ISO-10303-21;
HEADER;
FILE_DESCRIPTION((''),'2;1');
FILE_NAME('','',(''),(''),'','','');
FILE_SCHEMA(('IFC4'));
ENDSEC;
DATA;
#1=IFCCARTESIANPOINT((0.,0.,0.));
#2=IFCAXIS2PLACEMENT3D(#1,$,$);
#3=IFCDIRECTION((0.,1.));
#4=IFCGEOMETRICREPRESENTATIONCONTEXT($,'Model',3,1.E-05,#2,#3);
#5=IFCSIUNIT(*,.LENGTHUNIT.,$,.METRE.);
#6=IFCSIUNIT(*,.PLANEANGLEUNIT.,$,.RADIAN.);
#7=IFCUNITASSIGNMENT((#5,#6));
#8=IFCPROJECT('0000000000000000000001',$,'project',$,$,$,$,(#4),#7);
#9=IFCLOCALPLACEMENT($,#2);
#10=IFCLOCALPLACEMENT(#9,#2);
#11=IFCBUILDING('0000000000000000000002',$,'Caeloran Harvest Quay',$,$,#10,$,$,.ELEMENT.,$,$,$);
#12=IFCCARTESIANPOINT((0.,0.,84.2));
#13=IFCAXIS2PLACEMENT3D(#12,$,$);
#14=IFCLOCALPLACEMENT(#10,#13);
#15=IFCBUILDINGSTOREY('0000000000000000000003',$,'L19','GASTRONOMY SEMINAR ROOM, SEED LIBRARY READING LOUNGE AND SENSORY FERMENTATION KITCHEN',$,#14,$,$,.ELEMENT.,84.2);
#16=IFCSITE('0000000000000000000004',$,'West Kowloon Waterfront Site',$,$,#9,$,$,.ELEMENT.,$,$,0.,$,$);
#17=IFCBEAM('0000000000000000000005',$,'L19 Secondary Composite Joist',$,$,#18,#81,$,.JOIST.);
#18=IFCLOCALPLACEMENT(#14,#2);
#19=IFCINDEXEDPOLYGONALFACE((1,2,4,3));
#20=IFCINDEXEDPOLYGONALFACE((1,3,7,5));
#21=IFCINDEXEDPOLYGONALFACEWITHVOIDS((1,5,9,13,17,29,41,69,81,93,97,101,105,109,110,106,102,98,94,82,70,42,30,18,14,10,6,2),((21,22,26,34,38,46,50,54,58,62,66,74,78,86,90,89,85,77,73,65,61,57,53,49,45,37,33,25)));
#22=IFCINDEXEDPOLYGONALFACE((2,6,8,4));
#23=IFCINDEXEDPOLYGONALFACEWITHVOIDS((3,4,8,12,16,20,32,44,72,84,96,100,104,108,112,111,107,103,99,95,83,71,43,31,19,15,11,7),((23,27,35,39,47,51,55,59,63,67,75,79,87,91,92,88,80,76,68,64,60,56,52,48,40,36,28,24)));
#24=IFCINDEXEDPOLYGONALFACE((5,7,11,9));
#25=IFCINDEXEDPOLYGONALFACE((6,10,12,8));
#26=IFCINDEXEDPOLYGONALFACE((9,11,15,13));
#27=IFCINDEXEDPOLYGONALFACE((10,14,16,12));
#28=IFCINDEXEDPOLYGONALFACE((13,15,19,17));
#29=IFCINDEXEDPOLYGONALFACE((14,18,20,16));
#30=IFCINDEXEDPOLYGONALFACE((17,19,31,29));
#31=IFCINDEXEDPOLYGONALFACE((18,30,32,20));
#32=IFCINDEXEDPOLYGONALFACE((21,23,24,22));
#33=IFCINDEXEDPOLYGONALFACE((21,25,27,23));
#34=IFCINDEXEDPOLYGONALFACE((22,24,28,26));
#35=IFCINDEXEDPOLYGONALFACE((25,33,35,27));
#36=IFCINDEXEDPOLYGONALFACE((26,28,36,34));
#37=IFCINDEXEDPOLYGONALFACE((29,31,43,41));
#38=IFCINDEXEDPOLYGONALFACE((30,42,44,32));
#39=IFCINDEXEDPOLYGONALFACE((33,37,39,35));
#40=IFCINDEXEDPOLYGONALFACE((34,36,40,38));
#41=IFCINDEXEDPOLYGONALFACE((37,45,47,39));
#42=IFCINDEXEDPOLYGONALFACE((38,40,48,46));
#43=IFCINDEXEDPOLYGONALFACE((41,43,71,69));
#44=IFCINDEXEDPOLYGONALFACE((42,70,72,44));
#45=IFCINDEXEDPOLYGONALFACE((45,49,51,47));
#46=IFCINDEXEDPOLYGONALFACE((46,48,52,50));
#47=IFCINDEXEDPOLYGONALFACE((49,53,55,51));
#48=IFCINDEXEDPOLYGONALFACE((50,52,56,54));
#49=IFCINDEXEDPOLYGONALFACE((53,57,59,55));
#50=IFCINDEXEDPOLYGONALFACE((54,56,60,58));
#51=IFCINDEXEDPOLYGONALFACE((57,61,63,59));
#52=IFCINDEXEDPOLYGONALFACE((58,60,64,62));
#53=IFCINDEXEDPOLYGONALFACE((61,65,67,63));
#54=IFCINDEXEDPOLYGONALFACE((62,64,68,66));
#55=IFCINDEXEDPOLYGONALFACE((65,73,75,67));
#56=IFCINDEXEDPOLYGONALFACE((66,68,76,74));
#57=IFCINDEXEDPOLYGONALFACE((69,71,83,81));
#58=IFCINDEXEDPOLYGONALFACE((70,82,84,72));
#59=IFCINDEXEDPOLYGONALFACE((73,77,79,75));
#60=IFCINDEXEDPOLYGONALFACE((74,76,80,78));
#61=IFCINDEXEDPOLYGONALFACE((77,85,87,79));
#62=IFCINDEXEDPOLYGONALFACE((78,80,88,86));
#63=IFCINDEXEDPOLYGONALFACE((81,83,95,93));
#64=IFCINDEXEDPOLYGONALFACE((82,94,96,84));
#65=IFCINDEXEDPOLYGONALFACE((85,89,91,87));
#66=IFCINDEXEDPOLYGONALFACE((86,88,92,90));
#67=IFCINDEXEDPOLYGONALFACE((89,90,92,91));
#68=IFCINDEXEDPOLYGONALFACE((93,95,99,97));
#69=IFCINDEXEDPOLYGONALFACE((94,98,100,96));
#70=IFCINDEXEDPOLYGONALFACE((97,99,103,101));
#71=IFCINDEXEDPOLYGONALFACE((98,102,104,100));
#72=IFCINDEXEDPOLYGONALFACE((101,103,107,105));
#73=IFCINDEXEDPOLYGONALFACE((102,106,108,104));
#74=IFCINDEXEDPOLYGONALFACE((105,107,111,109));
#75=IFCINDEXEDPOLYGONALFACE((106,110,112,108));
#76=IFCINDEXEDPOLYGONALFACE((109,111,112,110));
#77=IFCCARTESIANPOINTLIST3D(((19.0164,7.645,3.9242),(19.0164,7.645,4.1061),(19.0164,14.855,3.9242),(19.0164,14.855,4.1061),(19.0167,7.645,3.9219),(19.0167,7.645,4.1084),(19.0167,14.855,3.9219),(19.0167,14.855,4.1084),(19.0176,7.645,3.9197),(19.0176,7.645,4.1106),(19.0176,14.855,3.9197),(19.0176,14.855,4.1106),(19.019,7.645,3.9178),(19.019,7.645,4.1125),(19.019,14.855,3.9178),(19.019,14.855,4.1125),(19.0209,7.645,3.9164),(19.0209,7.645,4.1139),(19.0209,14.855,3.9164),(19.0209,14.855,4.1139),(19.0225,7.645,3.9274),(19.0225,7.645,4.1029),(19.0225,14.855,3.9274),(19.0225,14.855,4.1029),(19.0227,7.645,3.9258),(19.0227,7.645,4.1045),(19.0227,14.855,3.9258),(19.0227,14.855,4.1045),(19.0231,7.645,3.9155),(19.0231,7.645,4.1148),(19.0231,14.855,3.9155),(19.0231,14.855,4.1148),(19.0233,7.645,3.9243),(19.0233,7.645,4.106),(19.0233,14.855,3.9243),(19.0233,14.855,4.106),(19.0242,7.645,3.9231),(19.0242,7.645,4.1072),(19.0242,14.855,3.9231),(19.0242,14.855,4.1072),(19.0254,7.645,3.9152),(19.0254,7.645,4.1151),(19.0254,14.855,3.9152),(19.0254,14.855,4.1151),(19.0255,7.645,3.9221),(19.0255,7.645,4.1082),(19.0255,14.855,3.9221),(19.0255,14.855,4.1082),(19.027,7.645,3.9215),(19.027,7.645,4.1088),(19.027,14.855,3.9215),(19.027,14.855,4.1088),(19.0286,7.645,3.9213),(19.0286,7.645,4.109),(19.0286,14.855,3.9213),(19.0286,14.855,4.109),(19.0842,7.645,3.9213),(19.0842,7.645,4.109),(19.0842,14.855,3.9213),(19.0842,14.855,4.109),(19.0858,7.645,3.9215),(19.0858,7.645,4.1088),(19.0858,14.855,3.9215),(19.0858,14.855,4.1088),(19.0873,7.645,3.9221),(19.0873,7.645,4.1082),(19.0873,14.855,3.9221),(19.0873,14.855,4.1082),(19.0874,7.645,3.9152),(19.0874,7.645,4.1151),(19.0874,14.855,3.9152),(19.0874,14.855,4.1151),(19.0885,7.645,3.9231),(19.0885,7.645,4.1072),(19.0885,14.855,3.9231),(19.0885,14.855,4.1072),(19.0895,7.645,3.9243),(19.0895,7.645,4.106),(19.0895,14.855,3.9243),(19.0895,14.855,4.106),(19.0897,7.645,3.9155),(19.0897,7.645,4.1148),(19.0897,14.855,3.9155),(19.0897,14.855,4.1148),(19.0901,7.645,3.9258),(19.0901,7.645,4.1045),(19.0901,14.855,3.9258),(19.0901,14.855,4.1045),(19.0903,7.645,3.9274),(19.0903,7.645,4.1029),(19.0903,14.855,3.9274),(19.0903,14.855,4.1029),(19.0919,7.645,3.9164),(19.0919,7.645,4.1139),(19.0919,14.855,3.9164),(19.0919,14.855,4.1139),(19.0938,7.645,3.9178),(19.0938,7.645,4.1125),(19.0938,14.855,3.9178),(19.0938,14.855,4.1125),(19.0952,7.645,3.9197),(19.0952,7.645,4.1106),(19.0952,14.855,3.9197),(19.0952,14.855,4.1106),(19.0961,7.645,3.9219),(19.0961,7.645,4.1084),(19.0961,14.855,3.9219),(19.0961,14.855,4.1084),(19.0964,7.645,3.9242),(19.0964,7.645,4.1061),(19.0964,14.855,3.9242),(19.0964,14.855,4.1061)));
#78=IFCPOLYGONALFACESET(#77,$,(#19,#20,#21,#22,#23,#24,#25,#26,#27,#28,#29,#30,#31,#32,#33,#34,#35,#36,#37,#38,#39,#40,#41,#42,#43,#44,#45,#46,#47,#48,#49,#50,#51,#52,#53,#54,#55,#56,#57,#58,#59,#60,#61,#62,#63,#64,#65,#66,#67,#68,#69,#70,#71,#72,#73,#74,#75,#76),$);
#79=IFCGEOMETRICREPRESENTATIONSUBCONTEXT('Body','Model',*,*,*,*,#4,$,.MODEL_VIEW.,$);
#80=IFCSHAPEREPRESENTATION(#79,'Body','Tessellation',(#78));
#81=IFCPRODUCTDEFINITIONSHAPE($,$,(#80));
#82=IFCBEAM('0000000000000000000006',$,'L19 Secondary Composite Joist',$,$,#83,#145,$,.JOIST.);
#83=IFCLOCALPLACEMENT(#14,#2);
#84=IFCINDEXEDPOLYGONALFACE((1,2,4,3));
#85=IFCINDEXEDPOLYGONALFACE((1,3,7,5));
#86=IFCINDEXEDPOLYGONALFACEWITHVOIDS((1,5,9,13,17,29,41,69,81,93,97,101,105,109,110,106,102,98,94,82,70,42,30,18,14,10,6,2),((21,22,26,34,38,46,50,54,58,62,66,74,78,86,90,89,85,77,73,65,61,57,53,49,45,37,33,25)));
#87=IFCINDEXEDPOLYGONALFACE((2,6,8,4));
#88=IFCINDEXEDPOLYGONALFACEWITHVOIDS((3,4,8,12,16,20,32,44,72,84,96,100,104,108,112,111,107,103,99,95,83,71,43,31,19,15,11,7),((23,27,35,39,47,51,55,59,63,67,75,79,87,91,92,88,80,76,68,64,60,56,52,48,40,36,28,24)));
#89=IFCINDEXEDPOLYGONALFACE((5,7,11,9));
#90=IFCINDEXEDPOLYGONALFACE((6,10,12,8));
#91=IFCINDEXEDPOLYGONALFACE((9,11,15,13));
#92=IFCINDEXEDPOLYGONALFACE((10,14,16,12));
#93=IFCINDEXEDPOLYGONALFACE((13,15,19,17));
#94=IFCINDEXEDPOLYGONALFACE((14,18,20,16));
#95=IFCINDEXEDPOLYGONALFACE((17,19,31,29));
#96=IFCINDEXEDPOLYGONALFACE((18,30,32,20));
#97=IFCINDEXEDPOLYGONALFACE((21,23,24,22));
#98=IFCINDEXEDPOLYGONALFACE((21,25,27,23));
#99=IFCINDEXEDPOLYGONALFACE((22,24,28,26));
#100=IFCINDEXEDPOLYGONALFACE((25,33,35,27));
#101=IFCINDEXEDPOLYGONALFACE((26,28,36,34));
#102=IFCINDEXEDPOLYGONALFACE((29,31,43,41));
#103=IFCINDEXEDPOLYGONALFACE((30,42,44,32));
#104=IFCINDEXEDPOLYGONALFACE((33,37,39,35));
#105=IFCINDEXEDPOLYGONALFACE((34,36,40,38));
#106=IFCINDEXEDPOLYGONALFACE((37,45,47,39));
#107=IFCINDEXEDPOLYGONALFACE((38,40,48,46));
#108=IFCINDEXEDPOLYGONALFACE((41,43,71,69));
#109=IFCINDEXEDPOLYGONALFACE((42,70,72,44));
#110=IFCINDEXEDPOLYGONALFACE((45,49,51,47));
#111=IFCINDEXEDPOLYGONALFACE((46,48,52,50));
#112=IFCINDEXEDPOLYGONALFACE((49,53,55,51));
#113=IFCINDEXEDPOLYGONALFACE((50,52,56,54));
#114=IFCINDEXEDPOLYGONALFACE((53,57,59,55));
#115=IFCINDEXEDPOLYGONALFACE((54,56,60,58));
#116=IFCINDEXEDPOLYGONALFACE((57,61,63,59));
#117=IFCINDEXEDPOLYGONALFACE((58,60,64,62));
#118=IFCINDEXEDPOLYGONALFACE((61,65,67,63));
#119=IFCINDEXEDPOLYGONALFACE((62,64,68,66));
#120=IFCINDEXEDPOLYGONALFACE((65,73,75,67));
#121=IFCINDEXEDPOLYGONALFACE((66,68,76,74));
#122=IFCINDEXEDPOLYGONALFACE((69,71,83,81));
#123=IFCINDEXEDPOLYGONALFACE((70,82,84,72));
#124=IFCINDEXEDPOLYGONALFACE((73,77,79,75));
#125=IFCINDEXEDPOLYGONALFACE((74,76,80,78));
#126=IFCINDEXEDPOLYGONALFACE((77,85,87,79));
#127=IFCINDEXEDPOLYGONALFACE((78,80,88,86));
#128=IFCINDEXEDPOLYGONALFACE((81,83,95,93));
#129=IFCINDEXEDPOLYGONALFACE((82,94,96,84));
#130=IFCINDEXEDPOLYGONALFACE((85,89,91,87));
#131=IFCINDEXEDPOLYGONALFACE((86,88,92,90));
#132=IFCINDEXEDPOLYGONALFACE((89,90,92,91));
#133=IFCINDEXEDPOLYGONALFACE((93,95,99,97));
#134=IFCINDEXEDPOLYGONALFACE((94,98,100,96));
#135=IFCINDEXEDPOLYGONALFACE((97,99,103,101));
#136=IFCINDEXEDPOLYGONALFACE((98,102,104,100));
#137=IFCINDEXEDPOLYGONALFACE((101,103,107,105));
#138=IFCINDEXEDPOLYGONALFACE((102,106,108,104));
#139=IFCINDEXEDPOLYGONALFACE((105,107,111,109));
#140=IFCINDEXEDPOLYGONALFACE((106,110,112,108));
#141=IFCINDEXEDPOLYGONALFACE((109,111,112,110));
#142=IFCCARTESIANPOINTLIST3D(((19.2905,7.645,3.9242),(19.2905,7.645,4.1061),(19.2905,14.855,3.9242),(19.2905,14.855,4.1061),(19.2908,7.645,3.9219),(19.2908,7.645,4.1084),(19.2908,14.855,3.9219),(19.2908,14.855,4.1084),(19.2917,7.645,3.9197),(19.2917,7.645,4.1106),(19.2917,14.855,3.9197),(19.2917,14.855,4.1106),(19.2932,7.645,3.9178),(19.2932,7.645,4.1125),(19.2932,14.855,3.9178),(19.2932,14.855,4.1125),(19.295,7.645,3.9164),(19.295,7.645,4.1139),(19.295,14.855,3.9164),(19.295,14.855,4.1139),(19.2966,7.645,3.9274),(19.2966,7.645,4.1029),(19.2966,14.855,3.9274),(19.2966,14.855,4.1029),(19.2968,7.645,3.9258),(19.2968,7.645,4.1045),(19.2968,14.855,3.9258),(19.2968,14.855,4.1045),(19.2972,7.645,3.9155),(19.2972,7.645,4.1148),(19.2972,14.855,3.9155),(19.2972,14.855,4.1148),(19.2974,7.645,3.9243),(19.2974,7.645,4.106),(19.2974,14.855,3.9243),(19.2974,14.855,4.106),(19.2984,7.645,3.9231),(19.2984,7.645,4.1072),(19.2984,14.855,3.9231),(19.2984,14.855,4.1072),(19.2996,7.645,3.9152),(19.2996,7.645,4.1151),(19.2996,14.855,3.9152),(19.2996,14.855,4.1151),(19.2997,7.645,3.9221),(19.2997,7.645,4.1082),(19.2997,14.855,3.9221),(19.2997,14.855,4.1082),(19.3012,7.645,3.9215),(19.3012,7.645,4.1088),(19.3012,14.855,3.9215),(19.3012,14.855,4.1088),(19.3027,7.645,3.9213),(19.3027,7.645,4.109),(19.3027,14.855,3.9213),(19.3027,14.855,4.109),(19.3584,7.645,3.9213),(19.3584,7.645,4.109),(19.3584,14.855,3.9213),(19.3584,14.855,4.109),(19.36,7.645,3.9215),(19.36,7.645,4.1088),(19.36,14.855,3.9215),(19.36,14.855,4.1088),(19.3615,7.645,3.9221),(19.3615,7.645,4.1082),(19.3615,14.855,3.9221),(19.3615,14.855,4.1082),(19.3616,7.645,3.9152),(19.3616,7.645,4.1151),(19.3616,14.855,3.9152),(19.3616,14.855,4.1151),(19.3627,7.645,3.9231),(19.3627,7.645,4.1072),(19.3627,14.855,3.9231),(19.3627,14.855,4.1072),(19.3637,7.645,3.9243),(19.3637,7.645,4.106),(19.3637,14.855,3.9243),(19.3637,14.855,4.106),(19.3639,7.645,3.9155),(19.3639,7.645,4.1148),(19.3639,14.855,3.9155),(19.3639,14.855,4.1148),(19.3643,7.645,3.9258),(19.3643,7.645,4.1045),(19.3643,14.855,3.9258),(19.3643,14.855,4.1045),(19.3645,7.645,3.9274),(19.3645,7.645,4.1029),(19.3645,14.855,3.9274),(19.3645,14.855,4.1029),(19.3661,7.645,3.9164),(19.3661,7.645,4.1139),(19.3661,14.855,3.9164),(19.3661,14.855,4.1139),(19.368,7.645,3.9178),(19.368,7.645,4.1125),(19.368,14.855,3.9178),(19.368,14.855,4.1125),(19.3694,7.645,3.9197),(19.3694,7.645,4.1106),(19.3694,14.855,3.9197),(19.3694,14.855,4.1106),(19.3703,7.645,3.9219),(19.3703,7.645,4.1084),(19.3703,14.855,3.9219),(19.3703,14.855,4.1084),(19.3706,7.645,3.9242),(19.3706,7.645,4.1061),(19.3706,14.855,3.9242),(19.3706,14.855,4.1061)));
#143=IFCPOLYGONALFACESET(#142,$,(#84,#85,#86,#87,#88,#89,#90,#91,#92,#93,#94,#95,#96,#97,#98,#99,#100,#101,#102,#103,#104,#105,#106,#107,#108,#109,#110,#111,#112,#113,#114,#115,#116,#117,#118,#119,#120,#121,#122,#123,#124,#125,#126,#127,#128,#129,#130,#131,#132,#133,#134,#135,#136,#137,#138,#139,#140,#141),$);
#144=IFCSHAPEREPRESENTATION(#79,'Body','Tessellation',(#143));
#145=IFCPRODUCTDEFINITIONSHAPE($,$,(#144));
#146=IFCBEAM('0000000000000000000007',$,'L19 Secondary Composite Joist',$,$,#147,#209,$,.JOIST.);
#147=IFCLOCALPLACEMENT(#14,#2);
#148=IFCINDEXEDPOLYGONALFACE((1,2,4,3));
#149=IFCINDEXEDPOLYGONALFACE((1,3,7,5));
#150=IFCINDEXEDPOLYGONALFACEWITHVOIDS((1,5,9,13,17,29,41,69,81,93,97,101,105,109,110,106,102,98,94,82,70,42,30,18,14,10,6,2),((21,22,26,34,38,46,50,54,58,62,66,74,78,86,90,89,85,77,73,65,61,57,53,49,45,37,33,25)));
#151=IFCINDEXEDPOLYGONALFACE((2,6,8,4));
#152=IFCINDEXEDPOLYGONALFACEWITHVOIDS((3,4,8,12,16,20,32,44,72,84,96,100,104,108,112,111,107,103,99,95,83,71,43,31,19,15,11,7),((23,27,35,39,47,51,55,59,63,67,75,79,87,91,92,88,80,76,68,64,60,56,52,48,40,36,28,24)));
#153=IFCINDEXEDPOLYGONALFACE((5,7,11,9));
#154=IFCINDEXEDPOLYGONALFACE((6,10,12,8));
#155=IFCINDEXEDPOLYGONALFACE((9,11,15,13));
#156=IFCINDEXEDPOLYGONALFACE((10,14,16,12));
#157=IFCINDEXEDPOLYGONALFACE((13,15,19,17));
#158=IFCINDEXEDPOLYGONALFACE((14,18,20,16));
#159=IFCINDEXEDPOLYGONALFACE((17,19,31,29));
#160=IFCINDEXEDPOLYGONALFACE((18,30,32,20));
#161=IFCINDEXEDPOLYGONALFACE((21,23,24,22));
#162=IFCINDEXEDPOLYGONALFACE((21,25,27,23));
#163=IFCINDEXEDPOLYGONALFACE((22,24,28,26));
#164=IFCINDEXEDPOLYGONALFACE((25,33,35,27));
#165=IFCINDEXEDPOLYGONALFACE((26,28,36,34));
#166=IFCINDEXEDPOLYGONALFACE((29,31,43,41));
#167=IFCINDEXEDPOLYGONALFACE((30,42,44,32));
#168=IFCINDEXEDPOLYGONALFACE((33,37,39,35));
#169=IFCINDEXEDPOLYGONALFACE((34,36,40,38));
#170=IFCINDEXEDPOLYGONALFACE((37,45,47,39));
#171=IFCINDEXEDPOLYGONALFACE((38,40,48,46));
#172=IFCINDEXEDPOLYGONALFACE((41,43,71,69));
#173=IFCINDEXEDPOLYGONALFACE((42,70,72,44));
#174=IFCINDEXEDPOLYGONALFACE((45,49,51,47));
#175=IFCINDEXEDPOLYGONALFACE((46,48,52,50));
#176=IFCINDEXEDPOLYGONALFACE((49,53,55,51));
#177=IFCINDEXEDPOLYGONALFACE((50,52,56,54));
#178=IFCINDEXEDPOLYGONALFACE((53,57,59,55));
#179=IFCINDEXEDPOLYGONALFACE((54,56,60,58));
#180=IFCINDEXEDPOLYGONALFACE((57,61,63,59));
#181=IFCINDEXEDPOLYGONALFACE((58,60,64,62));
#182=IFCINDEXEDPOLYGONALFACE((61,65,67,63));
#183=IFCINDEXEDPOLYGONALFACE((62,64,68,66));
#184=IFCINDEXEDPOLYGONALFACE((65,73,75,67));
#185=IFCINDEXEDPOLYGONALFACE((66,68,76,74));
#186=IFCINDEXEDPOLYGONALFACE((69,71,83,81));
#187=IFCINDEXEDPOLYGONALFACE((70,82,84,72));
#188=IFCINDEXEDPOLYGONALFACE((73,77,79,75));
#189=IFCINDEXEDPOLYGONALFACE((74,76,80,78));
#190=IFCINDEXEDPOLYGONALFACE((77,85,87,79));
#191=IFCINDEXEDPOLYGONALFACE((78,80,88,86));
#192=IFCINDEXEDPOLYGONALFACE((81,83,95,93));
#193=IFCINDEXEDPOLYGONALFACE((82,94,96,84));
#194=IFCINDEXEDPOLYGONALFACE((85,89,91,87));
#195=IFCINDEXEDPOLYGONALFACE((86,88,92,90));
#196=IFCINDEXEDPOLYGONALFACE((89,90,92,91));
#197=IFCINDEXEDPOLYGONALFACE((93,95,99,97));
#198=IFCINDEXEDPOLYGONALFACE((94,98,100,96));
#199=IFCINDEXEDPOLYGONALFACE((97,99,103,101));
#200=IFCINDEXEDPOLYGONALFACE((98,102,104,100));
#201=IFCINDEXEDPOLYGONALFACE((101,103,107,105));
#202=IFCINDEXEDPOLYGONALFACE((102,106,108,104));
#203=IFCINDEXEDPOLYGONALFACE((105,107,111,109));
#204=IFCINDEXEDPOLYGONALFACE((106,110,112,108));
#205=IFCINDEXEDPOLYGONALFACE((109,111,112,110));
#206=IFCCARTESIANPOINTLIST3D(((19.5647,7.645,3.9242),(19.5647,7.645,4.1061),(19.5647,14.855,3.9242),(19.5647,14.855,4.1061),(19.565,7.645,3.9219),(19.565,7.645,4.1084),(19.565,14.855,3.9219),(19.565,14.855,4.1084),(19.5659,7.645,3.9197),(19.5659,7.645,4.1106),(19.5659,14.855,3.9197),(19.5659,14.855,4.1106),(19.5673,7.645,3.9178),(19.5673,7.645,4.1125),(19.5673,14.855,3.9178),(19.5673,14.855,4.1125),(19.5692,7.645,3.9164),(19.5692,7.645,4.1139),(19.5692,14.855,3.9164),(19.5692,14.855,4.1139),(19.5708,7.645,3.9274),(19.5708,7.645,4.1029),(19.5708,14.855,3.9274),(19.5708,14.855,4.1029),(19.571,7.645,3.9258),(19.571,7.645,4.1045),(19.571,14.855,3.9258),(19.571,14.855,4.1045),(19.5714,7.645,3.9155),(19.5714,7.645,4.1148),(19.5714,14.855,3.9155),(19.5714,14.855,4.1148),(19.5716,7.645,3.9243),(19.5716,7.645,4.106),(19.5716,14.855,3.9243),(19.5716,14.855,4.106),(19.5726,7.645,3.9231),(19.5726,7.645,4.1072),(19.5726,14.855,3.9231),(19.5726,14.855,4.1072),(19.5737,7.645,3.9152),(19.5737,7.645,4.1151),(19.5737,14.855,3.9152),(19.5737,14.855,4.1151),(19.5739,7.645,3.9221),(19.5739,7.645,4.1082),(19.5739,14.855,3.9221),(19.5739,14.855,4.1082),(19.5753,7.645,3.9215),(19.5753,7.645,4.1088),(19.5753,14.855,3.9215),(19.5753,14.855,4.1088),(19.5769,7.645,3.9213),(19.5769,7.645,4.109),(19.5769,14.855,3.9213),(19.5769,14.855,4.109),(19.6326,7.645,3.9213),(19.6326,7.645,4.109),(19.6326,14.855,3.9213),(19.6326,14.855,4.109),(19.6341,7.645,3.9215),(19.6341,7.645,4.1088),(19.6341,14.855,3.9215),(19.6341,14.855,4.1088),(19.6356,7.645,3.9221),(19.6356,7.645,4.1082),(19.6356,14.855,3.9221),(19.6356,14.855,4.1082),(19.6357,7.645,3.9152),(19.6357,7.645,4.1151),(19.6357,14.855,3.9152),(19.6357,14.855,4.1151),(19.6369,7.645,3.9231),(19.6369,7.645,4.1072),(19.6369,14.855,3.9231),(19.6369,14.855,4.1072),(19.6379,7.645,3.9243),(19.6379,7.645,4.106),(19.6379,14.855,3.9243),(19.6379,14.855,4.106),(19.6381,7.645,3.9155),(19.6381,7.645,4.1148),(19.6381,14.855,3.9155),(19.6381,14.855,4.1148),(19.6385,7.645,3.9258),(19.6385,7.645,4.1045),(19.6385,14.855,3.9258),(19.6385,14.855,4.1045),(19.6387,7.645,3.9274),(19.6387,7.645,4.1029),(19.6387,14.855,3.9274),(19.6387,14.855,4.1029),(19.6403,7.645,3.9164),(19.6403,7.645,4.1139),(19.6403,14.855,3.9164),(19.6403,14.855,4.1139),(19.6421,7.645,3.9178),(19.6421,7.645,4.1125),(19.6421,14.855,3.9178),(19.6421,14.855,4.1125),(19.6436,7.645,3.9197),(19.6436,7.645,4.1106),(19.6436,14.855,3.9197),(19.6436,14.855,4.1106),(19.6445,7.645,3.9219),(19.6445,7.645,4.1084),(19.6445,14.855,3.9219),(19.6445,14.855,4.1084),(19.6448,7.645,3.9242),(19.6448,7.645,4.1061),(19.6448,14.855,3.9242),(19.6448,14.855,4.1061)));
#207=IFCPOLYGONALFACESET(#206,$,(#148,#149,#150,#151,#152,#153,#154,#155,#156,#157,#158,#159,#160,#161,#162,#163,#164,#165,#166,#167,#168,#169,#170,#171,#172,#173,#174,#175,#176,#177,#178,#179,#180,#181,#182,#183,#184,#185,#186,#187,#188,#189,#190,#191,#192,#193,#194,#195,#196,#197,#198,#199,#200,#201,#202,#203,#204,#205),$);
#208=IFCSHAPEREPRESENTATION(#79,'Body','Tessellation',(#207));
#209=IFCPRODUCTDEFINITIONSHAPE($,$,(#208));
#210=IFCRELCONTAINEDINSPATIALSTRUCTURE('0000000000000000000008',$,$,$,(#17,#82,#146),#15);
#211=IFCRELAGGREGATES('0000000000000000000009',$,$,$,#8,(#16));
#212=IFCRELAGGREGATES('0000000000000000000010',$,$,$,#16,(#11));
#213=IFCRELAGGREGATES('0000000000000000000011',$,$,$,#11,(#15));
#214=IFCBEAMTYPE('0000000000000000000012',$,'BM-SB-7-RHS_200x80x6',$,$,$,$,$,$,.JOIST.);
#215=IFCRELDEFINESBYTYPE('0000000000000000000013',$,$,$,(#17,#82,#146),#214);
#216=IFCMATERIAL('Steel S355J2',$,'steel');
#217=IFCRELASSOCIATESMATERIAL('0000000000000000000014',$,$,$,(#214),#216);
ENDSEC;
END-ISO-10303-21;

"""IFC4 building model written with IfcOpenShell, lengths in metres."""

from ifc_helpers import new_model, si_unit, direction, frame, origin, origin_2d, place, context, subcontext, project, spatial, hollow_rectangle, extrude, material, material_profile, profile_set, type_object, element, save


model = new_model("IFC4")

# Units and contexts
model_context = context("Model", 3, precision=1e-05, world=origin(), true_north=direction((0.0, 1.0)))
body_context = subcontext(model_context, "Body", "Model", "MODEL_VIEW")
ifc_project = project(units=[si_unit("LENGTHUNIT", "METRE"), si_unit("PLANEANGLEUNIT", "RADIAN")], contexts=[model_context])

# Site, building, storey
site_placement = place(None, origin())
site = spatial("IfcSite", under=ifc_project, at=site_placement, Name="West Kowloon Waterfront Site", CompositionType="ELEMENT", RefElevation=0.0)
building_placement = place(site_placement, origin())
building = spatial("IfcBuilding", under=site, at=building_placement, Name="Caeloran Harvest Quay", CompositionType="ELEMENT")
storey_placement = place(building_placement, frame((0.0, 0.0, 84.2)))
storey = spatial("IfcBuildingStorey", under=building, at=storey_placement, Name="L19", Description="GASTRONOMY SEMINAR ROOM, SEED LIBRARY READING LOUNGE AND SENSORY FERMENTATION KITCHEN", CompositionType="ELEMENT", Elevation=84.2)

# Beams
ifc_material_1 = material(Name="Steel S355J2", Category="steel")
ifc_material_profile_1 = material_profile(ifc_material_1, hollow_rectangle(XDim=0.0801, YDim=0.2, WallThickness=0.0061, InnerFilletRadius=0.0061, OuterFilletRadius=0.009, at=origin_2d()), Name="RHS 200x80x6")
ifc_profile_set_1 = profile_set([ifc_material_profile_1], Name="Steel S355J2")
beam_type_1 = type_object("IfcBeamType", Name="BM-SB-7-RHS_200x80x6", PredefinedType="JOIST", material=ifc_profile_set_1)
for number, where, z_axis, x_axis, name in (
    (1, (19.0564, 7.645, 4.0151), (0.0, 1.0, 0.0), (-1.0, 0.0, 0.0), "L19 Secondary Composite Joist"),
    (2, (19.3306, 7.645, 4.0151), (0.0, 1.0, 0.0), (-1.0, 0.0, 0.0), "L19 Secondary Composite Joist"),
    (3, (19.6047, 7.645, 4.0151), (0.0, 1.0, 0.0), (-1.0, 0.0, 0.0), "L19 Secondary Composite Joist"),
):
    element("IfcBeam", number, at=place(storey_placement, frame(where, z_axis=z_axis, x_axis=x_axis)), inside=storey, type_object=beam_type_1, Name=name, PredefinedType="JOIST", context=body_context, shape_type="SweptSolid", body=[
        extrude(hollow_rectangle(XDim=0.0801, YDim=0.2, WallThickness=0.0061, InnerFilletRadius=0.0061, OuterFilletRadius=0.009, at=origin_2d()), origin(), (0.0, 0.0, 1.0), 7.21),
    ])

save(model, "model.ifc")
